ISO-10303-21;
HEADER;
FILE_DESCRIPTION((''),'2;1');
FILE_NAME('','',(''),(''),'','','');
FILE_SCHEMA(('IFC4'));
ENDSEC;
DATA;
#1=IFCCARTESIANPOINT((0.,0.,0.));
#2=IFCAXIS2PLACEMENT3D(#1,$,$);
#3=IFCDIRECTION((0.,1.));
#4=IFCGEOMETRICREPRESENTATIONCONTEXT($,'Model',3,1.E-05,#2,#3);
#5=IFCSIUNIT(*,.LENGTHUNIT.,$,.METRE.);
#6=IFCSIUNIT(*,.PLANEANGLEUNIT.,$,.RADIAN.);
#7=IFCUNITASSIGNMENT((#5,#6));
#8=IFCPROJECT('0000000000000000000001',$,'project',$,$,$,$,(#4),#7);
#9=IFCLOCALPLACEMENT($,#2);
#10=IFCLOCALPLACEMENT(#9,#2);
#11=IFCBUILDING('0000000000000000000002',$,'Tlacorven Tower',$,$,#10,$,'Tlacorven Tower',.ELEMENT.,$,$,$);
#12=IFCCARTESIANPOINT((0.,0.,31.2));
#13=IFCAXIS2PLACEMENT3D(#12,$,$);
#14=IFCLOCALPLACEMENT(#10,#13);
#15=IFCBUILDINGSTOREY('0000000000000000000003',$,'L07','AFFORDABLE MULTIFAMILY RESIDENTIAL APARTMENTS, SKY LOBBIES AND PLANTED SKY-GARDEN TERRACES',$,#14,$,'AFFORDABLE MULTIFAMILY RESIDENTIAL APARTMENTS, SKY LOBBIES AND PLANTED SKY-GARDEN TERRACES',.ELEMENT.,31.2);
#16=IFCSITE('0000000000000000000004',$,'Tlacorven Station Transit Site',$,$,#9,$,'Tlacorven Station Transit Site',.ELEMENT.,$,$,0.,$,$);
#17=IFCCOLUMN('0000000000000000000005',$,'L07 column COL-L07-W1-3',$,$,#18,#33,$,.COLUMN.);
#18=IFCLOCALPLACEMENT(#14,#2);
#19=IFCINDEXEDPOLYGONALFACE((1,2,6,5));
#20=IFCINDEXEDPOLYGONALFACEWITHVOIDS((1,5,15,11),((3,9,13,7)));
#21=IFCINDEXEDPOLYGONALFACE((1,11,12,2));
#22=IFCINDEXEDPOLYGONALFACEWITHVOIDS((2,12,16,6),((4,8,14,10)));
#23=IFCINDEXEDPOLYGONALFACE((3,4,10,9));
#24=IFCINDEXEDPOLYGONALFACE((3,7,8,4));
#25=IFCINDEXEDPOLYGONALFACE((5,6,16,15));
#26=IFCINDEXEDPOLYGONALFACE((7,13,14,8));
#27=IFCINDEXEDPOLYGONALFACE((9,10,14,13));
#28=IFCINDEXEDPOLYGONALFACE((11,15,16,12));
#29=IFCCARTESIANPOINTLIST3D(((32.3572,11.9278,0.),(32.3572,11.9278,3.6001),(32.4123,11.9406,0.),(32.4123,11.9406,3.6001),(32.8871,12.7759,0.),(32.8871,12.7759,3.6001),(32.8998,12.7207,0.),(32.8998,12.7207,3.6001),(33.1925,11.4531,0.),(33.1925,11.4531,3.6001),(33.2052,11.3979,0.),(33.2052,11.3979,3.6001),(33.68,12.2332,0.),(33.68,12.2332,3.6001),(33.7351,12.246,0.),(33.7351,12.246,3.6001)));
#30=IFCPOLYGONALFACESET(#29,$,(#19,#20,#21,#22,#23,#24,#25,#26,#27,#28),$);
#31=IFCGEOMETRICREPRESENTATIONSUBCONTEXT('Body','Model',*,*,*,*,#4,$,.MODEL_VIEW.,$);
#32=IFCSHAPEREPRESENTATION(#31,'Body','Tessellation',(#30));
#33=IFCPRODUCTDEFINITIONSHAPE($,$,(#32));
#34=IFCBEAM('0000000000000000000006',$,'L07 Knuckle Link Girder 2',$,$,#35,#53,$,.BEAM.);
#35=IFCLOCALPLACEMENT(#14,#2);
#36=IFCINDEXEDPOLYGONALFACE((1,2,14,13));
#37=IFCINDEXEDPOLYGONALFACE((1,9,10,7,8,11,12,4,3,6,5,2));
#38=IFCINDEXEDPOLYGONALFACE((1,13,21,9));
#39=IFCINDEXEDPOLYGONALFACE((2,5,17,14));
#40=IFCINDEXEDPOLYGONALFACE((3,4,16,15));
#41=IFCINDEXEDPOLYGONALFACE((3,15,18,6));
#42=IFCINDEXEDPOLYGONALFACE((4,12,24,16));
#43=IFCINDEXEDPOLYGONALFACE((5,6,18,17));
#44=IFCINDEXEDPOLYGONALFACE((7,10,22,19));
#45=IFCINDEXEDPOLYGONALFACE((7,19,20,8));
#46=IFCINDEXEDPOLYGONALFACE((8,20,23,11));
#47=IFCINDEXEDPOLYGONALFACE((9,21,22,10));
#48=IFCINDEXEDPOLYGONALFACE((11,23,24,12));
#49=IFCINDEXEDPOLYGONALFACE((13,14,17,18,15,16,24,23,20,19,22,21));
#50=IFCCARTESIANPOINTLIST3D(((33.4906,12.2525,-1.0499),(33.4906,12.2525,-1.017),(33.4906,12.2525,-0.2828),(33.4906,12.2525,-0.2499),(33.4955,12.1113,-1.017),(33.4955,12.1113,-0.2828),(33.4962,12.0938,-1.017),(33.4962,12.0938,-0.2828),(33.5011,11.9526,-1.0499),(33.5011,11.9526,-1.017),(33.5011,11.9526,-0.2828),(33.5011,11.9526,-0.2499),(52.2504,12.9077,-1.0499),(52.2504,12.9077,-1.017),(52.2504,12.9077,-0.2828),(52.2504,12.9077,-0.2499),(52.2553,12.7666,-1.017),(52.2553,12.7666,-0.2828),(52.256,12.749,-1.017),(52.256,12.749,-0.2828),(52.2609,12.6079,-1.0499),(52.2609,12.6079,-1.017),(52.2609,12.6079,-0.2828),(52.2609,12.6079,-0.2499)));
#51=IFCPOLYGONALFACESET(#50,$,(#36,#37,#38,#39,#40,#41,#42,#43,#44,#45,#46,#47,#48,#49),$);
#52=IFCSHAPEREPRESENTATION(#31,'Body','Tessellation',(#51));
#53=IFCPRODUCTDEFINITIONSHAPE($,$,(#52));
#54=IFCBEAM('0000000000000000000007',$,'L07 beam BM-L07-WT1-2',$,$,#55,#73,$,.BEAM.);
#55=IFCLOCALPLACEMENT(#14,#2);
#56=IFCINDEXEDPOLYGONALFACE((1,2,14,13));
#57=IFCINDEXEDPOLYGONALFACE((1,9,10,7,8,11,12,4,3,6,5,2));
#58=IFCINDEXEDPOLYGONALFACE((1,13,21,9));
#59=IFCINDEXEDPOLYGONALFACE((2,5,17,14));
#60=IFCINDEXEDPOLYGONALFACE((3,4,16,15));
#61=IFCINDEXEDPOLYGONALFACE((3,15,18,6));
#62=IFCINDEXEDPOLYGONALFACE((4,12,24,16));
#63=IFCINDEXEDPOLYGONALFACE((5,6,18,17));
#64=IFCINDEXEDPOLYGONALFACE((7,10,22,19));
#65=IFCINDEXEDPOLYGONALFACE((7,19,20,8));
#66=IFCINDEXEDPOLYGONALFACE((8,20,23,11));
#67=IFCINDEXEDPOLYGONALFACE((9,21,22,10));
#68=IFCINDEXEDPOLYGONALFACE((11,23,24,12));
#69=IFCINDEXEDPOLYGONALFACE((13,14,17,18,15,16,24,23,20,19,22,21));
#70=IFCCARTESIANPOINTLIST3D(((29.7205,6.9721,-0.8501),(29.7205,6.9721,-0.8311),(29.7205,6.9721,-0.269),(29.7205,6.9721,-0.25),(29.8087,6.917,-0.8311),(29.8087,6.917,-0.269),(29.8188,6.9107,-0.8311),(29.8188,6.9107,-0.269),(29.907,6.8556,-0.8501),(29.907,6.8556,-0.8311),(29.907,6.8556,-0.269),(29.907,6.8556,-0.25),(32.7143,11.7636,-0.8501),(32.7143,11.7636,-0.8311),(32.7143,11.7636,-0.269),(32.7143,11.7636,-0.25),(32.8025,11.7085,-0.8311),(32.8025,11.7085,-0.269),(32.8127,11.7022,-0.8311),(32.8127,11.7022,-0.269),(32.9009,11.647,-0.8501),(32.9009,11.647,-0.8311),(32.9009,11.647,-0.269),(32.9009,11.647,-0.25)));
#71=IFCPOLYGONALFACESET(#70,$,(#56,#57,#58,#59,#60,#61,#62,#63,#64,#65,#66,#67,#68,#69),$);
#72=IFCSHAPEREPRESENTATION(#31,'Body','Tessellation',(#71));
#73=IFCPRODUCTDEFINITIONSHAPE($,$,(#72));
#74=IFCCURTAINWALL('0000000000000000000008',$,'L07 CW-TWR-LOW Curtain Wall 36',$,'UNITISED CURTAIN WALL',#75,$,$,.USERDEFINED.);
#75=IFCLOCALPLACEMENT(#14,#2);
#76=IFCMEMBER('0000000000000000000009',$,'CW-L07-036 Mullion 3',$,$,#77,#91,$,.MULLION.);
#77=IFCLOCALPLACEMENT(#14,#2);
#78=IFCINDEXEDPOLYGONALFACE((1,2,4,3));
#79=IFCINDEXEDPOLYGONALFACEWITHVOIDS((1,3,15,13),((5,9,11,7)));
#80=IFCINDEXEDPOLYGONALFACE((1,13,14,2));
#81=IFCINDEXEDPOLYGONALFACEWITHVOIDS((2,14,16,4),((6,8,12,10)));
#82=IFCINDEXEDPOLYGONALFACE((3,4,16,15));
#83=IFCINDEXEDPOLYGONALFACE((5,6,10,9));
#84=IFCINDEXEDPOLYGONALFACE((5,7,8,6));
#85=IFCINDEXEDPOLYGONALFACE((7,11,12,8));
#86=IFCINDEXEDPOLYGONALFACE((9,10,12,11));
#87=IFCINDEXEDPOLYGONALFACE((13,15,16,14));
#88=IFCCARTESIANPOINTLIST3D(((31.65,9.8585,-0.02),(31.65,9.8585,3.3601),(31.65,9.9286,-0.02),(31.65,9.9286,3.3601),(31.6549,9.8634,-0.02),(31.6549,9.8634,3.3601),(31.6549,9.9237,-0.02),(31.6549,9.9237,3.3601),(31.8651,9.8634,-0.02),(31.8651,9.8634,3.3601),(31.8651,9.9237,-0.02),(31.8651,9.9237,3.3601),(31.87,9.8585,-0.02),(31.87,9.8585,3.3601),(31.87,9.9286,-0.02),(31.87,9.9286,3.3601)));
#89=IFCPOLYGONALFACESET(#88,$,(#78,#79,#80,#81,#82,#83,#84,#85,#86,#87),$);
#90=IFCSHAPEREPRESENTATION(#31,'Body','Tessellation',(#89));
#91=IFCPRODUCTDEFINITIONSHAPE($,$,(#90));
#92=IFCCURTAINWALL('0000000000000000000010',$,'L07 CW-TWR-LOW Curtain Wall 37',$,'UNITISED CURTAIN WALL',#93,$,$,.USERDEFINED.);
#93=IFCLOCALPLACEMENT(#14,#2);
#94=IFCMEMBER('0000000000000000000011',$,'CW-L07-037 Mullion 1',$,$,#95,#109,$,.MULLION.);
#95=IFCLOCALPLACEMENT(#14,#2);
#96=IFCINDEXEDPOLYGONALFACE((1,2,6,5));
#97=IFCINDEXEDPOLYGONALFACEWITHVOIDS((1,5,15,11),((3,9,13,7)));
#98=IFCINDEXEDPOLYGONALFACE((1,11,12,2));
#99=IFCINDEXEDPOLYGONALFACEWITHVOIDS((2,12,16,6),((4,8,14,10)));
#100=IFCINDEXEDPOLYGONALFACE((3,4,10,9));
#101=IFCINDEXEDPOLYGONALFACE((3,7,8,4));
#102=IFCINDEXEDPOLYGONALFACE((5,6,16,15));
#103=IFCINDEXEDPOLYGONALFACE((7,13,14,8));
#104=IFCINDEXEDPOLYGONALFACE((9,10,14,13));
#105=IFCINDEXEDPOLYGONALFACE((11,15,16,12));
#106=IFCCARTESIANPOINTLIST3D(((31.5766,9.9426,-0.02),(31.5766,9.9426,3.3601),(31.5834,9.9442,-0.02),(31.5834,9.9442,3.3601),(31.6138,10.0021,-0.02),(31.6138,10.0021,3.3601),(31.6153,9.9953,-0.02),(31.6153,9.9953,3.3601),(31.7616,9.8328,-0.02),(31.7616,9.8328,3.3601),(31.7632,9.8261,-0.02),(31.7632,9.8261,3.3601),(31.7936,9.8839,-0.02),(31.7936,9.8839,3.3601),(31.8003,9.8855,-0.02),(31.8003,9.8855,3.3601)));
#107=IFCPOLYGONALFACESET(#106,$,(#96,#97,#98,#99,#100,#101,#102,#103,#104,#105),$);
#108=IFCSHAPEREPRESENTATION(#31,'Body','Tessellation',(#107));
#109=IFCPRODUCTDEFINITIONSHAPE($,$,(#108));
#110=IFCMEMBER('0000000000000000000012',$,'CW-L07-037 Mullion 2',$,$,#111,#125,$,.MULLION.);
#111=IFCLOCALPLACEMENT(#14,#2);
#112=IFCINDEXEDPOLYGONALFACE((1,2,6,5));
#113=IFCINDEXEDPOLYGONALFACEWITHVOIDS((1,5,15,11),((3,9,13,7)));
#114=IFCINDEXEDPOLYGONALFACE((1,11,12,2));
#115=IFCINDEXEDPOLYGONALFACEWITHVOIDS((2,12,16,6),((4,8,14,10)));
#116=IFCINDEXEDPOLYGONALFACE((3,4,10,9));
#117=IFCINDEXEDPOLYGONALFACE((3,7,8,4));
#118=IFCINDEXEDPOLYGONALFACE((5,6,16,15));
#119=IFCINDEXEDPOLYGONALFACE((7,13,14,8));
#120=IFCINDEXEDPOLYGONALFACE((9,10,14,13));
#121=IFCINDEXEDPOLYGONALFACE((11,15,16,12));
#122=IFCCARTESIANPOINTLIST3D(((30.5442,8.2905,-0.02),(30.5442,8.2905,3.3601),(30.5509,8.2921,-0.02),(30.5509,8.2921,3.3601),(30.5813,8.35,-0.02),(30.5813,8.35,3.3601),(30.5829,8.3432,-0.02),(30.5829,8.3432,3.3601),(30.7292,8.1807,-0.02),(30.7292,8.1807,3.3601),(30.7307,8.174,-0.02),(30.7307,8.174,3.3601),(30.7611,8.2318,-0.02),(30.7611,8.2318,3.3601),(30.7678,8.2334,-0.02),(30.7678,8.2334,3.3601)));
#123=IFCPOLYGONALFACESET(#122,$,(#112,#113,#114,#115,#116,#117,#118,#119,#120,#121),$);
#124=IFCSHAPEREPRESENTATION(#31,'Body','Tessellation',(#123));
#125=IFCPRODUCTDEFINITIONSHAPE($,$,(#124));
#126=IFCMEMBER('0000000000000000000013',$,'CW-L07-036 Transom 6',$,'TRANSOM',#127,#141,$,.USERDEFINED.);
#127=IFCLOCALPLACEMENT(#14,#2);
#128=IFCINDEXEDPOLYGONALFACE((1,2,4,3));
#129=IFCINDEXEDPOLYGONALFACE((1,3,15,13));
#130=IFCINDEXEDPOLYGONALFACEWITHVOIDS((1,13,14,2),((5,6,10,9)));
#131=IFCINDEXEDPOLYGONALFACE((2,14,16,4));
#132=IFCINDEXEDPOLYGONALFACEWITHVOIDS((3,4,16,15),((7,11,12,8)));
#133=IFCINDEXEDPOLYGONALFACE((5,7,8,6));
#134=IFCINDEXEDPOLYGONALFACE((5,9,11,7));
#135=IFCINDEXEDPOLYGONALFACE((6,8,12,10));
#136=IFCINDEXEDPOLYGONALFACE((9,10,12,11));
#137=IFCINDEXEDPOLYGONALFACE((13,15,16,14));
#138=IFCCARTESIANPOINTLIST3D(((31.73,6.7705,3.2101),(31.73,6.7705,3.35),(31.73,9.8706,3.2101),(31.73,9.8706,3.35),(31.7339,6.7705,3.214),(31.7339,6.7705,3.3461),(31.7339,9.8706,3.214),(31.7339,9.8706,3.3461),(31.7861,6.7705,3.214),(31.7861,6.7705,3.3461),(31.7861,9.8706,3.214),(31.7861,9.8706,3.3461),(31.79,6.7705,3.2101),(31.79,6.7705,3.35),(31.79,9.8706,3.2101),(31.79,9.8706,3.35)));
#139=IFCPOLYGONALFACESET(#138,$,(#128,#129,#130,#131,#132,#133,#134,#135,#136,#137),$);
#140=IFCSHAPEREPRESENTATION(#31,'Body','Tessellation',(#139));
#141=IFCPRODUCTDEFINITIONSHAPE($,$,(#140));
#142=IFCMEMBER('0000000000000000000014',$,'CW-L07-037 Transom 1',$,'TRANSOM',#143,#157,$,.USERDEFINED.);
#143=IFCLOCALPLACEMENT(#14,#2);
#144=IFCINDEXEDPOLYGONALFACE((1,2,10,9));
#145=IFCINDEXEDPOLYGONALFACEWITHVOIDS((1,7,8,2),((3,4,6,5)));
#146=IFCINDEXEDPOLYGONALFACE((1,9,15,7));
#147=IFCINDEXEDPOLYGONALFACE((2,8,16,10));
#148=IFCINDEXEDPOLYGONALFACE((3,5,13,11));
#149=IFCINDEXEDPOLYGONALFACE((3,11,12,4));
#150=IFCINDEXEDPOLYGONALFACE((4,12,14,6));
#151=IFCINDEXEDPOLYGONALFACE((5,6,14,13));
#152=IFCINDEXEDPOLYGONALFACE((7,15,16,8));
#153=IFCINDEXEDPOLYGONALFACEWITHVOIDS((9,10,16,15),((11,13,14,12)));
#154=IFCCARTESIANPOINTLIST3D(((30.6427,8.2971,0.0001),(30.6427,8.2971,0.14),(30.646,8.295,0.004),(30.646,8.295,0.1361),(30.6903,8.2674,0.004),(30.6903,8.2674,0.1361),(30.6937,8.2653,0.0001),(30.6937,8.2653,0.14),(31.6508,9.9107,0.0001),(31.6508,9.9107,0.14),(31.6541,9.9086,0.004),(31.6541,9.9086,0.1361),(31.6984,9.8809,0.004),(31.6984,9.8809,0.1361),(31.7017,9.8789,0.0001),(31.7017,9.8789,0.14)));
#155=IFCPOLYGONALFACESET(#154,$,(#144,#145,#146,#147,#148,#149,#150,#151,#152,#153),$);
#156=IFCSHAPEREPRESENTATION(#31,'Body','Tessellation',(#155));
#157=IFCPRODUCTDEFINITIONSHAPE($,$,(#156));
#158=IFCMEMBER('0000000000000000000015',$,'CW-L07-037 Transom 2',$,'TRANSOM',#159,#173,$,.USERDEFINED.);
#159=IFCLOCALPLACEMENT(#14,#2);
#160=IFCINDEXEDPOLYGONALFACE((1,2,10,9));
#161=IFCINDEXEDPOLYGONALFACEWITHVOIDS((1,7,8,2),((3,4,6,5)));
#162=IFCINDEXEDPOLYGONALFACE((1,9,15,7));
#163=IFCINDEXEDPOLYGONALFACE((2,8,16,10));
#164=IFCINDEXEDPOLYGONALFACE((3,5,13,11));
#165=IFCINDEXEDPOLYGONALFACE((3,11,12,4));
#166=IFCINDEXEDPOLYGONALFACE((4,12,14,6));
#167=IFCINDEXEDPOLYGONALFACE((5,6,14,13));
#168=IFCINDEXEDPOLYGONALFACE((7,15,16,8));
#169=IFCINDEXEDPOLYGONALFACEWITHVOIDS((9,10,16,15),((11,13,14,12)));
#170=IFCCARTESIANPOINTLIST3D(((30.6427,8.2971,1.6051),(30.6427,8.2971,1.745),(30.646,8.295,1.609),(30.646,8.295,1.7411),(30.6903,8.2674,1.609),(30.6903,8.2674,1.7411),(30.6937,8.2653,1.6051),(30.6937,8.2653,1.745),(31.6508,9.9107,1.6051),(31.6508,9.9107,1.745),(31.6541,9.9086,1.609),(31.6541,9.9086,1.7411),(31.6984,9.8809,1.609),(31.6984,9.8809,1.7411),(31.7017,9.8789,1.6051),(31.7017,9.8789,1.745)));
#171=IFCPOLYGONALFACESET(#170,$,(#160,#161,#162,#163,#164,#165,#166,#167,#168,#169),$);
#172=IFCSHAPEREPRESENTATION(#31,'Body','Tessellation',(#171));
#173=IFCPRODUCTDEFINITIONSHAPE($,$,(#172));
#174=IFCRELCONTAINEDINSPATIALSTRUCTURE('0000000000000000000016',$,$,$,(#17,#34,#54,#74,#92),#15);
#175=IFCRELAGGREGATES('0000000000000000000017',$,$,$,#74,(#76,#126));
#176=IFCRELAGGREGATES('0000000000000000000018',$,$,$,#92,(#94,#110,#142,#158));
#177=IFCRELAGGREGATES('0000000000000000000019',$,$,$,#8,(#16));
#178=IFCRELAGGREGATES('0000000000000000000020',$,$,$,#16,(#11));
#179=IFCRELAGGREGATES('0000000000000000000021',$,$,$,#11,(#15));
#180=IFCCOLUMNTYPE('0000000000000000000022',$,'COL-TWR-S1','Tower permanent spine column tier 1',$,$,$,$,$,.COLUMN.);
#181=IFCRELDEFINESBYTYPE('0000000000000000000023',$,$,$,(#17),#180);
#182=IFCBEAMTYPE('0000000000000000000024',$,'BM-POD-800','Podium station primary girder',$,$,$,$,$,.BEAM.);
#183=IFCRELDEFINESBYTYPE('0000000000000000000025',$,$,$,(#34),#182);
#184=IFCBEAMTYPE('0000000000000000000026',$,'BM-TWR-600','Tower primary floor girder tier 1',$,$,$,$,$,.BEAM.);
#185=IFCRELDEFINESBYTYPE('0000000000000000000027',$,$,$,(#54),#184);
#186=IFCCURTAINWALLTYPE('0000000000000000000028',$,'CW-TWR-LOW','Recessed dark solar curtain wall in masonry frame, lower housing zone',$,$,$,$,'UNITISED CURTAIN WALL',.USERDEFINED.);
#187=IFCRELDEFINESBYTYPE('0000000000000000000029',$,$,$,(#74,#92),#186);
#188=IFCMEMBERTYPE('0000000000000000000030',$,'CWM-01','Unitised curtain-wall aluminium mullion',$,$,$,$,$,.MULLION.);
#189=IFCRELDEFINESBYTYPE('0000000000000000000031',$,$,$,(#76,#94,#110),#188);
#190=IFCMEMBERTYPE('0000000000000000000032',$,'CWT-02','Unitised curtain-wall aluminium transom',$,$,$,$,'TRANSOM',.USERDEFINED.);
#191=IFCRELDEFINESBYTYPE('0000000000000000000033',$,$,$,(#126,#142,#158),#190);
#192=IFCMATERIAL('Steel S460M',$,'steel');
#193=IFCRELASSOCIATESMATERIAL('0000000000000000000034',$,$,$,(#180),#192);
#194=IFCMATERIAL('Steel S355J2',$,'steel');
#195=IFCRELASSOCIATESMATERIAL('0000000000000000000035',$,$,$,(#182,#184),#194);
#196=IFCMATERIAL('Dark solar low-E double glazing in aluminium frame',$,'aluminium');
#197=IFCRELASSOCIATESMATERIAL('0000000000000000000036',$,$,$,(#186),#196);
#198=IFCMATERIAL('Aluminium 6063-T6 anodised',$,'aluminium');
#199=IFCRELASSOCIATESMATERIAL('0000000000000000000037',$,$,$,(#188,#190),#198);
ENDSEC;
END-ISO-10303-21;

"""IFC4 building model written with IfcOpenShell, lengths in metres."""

from ifc_helpers import new_model, si_unit, direction, frame, origin, origin_2d, place, context, subcontext, project, spatial, hollow_rectangle, i_section, extrude, source, transform, mapped, material, material_profile, profile_set, type_object, element, aggregate, save


model = new_model("IFC4")

# Units and contexts
model_context = context("Model", 3, precision=1e-05, world=origin(), true_north=direction((0.0, 1.0)))
body_context = subcontext(model_context, "Body", "Model", "MODEL_VIEW")
ifc_project = project(units=[si_unit("LENGTHUNIT", "METRE"), si_unit("PLANEANGLEUNIT", "RADIAN")], contexts=[model_context])

# Site, building, storey
site_placement = place(None, origin())
site = spatial("IfcSite", under=ifc_project, at=site_placement, Name="Tlacorven Station Transit Site", LongName="Tlacorven Station Transit Site", CompositionType="ELEMENT", RefElevation=0.0)
building_placement = place(site_placement, origin())
building = spatial("IfcBuilding", under=site, at=building_placement, Name="Tlacorven Tower", LongName="Tlacorven Tower", CompositionType="ELEMENT")
storey_placement = place(building_placement, frame((0.0, 0.0, 31.2)))
storey = spatial("IfcBuildingStorey", under=building, at=storey_placement, Name="L07", Description="AFFORDABLE MULTIFAMILY RESIDENTIAL APARTMENTS, SKY LOBBIES AND PLANTED SKY-GARDEN TERRACES", LongName="AFFORDABLE MULTIFAMILY RESIDENTIAL APARTMENTS, SKY LOBBIES AND PLANTED SKY-GARDEN TERRACES", CompositionType="ELEMENT", Elevation=31.2)

# Column
ifc_material_1 = material(Name="Steel S460M", Category="steel")
ifc_material_profile_1 = material_profile(ifc_material_1, hollow_rectangle(XDim=1.0, YDim=1.0, WallThickness=0.04, at=origin_2d()), Name="BOX 1000X1000X40")
ifc_profile_set_1 = profile_set([ifc_material_profile_1], Name="Steel S460M")
column_type = type_object("IfcColumnType", Name="COL-TWR-S1", Description="Tower permanent spine column tier 1", PredefinedType="COLUMN", material=ifc_profile_set_1)
shared_shape_1 = source(origin(), body_context, "Body", "SweptSolid", [
    extrude(hollow_rectangle(XDim=1.0, YDim=1.0, WallThickness=0.04, at=origin_2d()), origin(), (0.0, 0.0, 1.0), 3.6001),
])
column_placement = place(storey_placement, frame((33.0461, 12.0869, 0.0), z_axis=(0.0, 0.0, 1.0), x_axis=(-0.848048, 0.529919, 0.0)))
element("IfcColumn", 1, at=column_placement, inside=storey, type_object=column_type, Name="L07 column COL-L07-W1-3", PredefinedType="COLUMN", context=body_context, shape_type="MappedRepresentation", body=[
    mapped(shared_shape_1, transform((0.0, 0.0, 0.0), scale=1.0)),
])

# Beams
ifc_material_2 = material(Name="Steel S355J2", Category="steel")
ifc_material_profile_2 = material_profile(ifc_material_2, i_section(OverallWidth=0.3, OverallDepth=0.8, WebThickness=0.0176, FlangeThickness=0.033, at=origin_2d()), Name="HEB 800")
ifc_profile_set_2 = profile_set([ifc_material_profile_2], Name="Steel S355J2")
beam_type_1 = type_object("IfcBeamType", Name="BM-POD-800", Description="Podium station primary girder", PredefinedType="BEAM", material=ifc_profile_set_2)
shared_shape_2 = source(origin(), body_context, "Body", "SweptSolid", [
    extrude(i_section(OverallWidth=0.3, OverallDepth=0.8, WebThickness=0.0176, FlangeThickness=0.033, at=origin_2d()), origin(), (0.0, 0.0, 1.0), 18.7712),
])
beam_1_placement = place(storey_placement, frame((33.4958, 12.1025, -0.6499), z_axis=(0.999391, 0.034908, 0.0), x_axis=(-0.034908, 0.999391, 0.0)))
element("IfcBeam", 2, at=beam_1_placement, inside=storey, type_object=beam_type_1, Name="L07 Knuckle Link Girder 2", PredefinedType="BEAM", context=body_context, shape_type="MappedRepresentation", body=[
    mapped(shared_shape_2, transform((0.0, 0.0, 0.0), scale=1.0)),
])
ifc_material_profile_3 = material_profile(ifc_material_2, i_section(OverallWidth=0.22, OverallDepth=0.6001, WebThickness=0.012, FlangeThickness=0.019, at=origin_2d()), Name="IPE 600")
ifc_profile_set_3 = profile_set([ifc_material_profile_3], Name="Steel S355J2")
beam_type_2 = type_object("IfcBeamType", Name="BM-TWR-600", Description="Tower primary floor girder tier 1", PredefinedType="BEAM", material=ifc_profile_set_3)
shared_shape_3 = source(origin(), body_context, "Body", "SweptSolid", [
    extrude(i_section(OverallWidth=0.22, OverallDepth=0.6001, WebThickness=0.012, FlangeThickness=0.019, at=origin_2d()), origin(), (0.0, 0.0, 1.0), 5.6499),
])
beam_2_placement = place(storey_placement, frame((32.8076, 11.7053, -0.55), z_axis=(-0.529898, -0.848061, 0.0), x_axis=(0.848061, -0.529898, 0.0)))
element("IfcBeam", 3, at=beam_2_placement, inside=storey, type_object=beam_type_2, Name="L07 beam BM-L07-WT1-2", PredefinedType="BEAM", context=body_context, shape_type="MappedRepresentation", body=[
    mapped(shared_shape_3, transform((0.0, 0.0, 0.0), scale=1.0)),
])

# Curtain wall, member
ifc_material_3 = material(Name="Dark solar low-E double glazing in aluminium frame", Category="aluminium")
curtain_wall_type = type_object("IfcCurtainWallType", Name="CW-TWR-LOW", Description="Recessed dark solar curtain wall in masonry frame, lower housing zone", ElementType="UNITISED CURTAIN WALL", PredefinedType="USERDEFINED", material=ifc_material_3)
curtain_wall_1_placement = place(storey_placement, origin())
curtain_wall_1 = element("IfcCurtainWall", 4, at=curtain_wall_1_placement, inside=storey, type_object=curtain_wall_type, Name="L07 CW-TWR-LOW Curtain Wall 36", ObjectType="UNITISED CURTAIN WALL", PredefinedType="USERDEFINED")
ifc_material_4 = material(Name="Aluminium 6063-T6 anodised", Category="aluminium")
ifc_material_profile_4 = material_profile(ifc_material_4, hollow_rectangle(XDim=0.0701, YDim=0.22, WallThickness=0.0049, at=origin_2d()), Name="ALU MULLION 70X220")
ifc_profile_set_4 = profile_set([ifc_material_profile_4], Name="Aluminium 6063-T6 anodised")
member_type_1 = type_object("IfcMemberType", Name="CWM-01", Description="Unitised curtain-wall aluminium mullion", PredefinedType="MULLION", material=ifc_profile_set_4)
shared_shape_4 = source(origin(), body_context, "Body", "SweptSolid", [
    extrude(hollow_rectangle(XDim=0.0701, YDim=0.22, WallThickness=0.0049, at=origin_2d()), origin(), (0.0, 0.0, 1.0), 3.3801),
])
member_1_placement = place(storey_placement, frame((31.76, 9.8936, -0.02), z_axis=(0.0, 0.0, 1.0), x_axis=(0.0, 1.0, 0.0)))
member_1 = element("IfcMember", 5, at=member_1_placement, type_object=member_type_1, Name="CW-L07-036 Mullion 3", PredefinedType="MULLION", context=body_context, shape_type="MappedRepresentation", body=[
    mapped(shared_shape_4, transform((0.0, 0.0, 0.0), scale=1.0)),
])

# Curtain wall, members
curtain_wall_2_placement = place(storey_placement, origin())
curtain_wall_2 = element("IfcCurtainWall", 6, at=curtain_wall_2_placement, inside=storey, type_object=curtain_wall_type, Name="L07 CW-TWR-LOW Curtain Wall 37", ObjectType="UNITISED CURTAIN WALL", PredefinedType="USERDEFINED")
member_2_placement = place(storey_placement, frame((31.6885, 9.9141, -0.02), z_axis=(0.0, 0.0, 1.0), x_axis=(-0.529919, -0.848048, 0.0)))
member_2 = element("IfcMember", 7, at=member_2_placement, type_object=member_type_1, Name="CW-L07-037 Mullion 1", PredefinedType="MULLION", context=body_context, shape_type="MappedRepresentation", body=[
    mapped(shared_shape_4, transform((0.0, 0.0, 0.0), scale=1.0)),
])
member_3_placement = place(storey_placement, frame((30.656, 8.262, -0.02), z_axis=(0.0, 0.0, 1.0), x_axis=(-0.529919, -0.848048, 0.0)))
member_3 = element("IfcMember", 8, at=member_3_placement, type_object=member_type_1, Name="CW-L07-037 Mullion 2", PredefinedType="MULLION", context=body_context, shape_type="MappedRepresentation", body=[
    mapped(shared_shape_4, transform((0.0, 0.0, 0.0), scale=1.0)),
])

# Members
ifc_material_profile_5 = material_profile(ifc_material_4, hollow_rectangle(XDim=0.0601, YDim=0.1399, WallThickness=0.0039, at=origin_2d()), Name="ALU TRANSOM 60X140")
ifc_profile_set_5 = profile_set([ifc_material_profile_5], Name="Aluminium 6063-T6 anodised")
member_type_2 = type_object("IfcMemberType", Name="CWT-02", Description="Unitised curtain-wall aluminium transom", ElementType="TRANSOM", PredefinedType="USERDEFINED", material=ifc_profile_set_5)
shared_shape_5 = source(origin(), body_context, "Body", "SweptSolid", [
    extrude(hollow_rectangle(XDim=0.0601, YDim=0.1399, WallThickness=0.0039, at=origin_2d()), origin(), (0.0, 0.0, 1.0), 3.1001),
])
member_4_placement = place(storey_placement, frame((31.76, 6.7705, 3.28), z_axis=(0.0, 1.0, 0.0), x_axis=(-1.0, 0.0, 0.0)))
member_4 = element("IfcMember", 9, at=member_4_placement, type_object=member_type_2, Name="CW-L07-036 Transom 6", ObjectType="TRANSOM", PredefinedType="USERDEFINED", context=body_context, shape_type="MappedRepresentation", body=[
    mapped(shared_shape_5, transform((0.0, 0.0, 0.0), scale=1.0)),
])
shared_shape_6 = source(origin(), body_context, "Body", "SweptSolid", [
    extrude(hollow_rectangle(XDim=0.0601, YDim=0.1399, WallThickness=0.0039, at=origin_2d()), origin(), (0.0, 0.0, 1.0), 1.9026),
])
member_5_placement = place(storey_placement, frame((31.6763, 9.8948, 0.0701), z_axis=(-0.529849, -0.848092, 0.0), x_axis=(0.848092, -0.529849, 0.0)))
member_5 = element("IfcMember", 10, at=member_5_placement, type_object=member_type_2, Name="CW-L07-037 Transom 1", ObjectType="TRANSOM", PredefinedType="USERDEFINED", context=body_context, shape_type="MappedRepresentation", body=[
    mapped(shared_shape_6, transform((0.0, 0.0, 0.0), scale=1.0)),
])
member_6_placement = place(storey_placement, frame((31.6763, 9.8948, 1.675), z_axis=(-0.529849, -0.848092, 0.0), x_axis=(0.848092, -0.529849, 0.0)))
member_6 = element("IfcMember", 11, at=member_6_placement, type_object=member_type_2, Name="CW-L07-037 Transom 2", ObjectType="TRANSOM", PredefinedType="USERDEFINED", context=body_context, shape_type="MappedRepresentation", body=[
    mapped(shared_shape_6, transform((0.0, 0.0, 0.0), scale=1.0)),
])

aggregate(curtain_wall_1, [member_1, member_4])
aggregate(curtain_wall_2, [member_2, member_3, member_5, member_6])

save(model, "model.ifc")
